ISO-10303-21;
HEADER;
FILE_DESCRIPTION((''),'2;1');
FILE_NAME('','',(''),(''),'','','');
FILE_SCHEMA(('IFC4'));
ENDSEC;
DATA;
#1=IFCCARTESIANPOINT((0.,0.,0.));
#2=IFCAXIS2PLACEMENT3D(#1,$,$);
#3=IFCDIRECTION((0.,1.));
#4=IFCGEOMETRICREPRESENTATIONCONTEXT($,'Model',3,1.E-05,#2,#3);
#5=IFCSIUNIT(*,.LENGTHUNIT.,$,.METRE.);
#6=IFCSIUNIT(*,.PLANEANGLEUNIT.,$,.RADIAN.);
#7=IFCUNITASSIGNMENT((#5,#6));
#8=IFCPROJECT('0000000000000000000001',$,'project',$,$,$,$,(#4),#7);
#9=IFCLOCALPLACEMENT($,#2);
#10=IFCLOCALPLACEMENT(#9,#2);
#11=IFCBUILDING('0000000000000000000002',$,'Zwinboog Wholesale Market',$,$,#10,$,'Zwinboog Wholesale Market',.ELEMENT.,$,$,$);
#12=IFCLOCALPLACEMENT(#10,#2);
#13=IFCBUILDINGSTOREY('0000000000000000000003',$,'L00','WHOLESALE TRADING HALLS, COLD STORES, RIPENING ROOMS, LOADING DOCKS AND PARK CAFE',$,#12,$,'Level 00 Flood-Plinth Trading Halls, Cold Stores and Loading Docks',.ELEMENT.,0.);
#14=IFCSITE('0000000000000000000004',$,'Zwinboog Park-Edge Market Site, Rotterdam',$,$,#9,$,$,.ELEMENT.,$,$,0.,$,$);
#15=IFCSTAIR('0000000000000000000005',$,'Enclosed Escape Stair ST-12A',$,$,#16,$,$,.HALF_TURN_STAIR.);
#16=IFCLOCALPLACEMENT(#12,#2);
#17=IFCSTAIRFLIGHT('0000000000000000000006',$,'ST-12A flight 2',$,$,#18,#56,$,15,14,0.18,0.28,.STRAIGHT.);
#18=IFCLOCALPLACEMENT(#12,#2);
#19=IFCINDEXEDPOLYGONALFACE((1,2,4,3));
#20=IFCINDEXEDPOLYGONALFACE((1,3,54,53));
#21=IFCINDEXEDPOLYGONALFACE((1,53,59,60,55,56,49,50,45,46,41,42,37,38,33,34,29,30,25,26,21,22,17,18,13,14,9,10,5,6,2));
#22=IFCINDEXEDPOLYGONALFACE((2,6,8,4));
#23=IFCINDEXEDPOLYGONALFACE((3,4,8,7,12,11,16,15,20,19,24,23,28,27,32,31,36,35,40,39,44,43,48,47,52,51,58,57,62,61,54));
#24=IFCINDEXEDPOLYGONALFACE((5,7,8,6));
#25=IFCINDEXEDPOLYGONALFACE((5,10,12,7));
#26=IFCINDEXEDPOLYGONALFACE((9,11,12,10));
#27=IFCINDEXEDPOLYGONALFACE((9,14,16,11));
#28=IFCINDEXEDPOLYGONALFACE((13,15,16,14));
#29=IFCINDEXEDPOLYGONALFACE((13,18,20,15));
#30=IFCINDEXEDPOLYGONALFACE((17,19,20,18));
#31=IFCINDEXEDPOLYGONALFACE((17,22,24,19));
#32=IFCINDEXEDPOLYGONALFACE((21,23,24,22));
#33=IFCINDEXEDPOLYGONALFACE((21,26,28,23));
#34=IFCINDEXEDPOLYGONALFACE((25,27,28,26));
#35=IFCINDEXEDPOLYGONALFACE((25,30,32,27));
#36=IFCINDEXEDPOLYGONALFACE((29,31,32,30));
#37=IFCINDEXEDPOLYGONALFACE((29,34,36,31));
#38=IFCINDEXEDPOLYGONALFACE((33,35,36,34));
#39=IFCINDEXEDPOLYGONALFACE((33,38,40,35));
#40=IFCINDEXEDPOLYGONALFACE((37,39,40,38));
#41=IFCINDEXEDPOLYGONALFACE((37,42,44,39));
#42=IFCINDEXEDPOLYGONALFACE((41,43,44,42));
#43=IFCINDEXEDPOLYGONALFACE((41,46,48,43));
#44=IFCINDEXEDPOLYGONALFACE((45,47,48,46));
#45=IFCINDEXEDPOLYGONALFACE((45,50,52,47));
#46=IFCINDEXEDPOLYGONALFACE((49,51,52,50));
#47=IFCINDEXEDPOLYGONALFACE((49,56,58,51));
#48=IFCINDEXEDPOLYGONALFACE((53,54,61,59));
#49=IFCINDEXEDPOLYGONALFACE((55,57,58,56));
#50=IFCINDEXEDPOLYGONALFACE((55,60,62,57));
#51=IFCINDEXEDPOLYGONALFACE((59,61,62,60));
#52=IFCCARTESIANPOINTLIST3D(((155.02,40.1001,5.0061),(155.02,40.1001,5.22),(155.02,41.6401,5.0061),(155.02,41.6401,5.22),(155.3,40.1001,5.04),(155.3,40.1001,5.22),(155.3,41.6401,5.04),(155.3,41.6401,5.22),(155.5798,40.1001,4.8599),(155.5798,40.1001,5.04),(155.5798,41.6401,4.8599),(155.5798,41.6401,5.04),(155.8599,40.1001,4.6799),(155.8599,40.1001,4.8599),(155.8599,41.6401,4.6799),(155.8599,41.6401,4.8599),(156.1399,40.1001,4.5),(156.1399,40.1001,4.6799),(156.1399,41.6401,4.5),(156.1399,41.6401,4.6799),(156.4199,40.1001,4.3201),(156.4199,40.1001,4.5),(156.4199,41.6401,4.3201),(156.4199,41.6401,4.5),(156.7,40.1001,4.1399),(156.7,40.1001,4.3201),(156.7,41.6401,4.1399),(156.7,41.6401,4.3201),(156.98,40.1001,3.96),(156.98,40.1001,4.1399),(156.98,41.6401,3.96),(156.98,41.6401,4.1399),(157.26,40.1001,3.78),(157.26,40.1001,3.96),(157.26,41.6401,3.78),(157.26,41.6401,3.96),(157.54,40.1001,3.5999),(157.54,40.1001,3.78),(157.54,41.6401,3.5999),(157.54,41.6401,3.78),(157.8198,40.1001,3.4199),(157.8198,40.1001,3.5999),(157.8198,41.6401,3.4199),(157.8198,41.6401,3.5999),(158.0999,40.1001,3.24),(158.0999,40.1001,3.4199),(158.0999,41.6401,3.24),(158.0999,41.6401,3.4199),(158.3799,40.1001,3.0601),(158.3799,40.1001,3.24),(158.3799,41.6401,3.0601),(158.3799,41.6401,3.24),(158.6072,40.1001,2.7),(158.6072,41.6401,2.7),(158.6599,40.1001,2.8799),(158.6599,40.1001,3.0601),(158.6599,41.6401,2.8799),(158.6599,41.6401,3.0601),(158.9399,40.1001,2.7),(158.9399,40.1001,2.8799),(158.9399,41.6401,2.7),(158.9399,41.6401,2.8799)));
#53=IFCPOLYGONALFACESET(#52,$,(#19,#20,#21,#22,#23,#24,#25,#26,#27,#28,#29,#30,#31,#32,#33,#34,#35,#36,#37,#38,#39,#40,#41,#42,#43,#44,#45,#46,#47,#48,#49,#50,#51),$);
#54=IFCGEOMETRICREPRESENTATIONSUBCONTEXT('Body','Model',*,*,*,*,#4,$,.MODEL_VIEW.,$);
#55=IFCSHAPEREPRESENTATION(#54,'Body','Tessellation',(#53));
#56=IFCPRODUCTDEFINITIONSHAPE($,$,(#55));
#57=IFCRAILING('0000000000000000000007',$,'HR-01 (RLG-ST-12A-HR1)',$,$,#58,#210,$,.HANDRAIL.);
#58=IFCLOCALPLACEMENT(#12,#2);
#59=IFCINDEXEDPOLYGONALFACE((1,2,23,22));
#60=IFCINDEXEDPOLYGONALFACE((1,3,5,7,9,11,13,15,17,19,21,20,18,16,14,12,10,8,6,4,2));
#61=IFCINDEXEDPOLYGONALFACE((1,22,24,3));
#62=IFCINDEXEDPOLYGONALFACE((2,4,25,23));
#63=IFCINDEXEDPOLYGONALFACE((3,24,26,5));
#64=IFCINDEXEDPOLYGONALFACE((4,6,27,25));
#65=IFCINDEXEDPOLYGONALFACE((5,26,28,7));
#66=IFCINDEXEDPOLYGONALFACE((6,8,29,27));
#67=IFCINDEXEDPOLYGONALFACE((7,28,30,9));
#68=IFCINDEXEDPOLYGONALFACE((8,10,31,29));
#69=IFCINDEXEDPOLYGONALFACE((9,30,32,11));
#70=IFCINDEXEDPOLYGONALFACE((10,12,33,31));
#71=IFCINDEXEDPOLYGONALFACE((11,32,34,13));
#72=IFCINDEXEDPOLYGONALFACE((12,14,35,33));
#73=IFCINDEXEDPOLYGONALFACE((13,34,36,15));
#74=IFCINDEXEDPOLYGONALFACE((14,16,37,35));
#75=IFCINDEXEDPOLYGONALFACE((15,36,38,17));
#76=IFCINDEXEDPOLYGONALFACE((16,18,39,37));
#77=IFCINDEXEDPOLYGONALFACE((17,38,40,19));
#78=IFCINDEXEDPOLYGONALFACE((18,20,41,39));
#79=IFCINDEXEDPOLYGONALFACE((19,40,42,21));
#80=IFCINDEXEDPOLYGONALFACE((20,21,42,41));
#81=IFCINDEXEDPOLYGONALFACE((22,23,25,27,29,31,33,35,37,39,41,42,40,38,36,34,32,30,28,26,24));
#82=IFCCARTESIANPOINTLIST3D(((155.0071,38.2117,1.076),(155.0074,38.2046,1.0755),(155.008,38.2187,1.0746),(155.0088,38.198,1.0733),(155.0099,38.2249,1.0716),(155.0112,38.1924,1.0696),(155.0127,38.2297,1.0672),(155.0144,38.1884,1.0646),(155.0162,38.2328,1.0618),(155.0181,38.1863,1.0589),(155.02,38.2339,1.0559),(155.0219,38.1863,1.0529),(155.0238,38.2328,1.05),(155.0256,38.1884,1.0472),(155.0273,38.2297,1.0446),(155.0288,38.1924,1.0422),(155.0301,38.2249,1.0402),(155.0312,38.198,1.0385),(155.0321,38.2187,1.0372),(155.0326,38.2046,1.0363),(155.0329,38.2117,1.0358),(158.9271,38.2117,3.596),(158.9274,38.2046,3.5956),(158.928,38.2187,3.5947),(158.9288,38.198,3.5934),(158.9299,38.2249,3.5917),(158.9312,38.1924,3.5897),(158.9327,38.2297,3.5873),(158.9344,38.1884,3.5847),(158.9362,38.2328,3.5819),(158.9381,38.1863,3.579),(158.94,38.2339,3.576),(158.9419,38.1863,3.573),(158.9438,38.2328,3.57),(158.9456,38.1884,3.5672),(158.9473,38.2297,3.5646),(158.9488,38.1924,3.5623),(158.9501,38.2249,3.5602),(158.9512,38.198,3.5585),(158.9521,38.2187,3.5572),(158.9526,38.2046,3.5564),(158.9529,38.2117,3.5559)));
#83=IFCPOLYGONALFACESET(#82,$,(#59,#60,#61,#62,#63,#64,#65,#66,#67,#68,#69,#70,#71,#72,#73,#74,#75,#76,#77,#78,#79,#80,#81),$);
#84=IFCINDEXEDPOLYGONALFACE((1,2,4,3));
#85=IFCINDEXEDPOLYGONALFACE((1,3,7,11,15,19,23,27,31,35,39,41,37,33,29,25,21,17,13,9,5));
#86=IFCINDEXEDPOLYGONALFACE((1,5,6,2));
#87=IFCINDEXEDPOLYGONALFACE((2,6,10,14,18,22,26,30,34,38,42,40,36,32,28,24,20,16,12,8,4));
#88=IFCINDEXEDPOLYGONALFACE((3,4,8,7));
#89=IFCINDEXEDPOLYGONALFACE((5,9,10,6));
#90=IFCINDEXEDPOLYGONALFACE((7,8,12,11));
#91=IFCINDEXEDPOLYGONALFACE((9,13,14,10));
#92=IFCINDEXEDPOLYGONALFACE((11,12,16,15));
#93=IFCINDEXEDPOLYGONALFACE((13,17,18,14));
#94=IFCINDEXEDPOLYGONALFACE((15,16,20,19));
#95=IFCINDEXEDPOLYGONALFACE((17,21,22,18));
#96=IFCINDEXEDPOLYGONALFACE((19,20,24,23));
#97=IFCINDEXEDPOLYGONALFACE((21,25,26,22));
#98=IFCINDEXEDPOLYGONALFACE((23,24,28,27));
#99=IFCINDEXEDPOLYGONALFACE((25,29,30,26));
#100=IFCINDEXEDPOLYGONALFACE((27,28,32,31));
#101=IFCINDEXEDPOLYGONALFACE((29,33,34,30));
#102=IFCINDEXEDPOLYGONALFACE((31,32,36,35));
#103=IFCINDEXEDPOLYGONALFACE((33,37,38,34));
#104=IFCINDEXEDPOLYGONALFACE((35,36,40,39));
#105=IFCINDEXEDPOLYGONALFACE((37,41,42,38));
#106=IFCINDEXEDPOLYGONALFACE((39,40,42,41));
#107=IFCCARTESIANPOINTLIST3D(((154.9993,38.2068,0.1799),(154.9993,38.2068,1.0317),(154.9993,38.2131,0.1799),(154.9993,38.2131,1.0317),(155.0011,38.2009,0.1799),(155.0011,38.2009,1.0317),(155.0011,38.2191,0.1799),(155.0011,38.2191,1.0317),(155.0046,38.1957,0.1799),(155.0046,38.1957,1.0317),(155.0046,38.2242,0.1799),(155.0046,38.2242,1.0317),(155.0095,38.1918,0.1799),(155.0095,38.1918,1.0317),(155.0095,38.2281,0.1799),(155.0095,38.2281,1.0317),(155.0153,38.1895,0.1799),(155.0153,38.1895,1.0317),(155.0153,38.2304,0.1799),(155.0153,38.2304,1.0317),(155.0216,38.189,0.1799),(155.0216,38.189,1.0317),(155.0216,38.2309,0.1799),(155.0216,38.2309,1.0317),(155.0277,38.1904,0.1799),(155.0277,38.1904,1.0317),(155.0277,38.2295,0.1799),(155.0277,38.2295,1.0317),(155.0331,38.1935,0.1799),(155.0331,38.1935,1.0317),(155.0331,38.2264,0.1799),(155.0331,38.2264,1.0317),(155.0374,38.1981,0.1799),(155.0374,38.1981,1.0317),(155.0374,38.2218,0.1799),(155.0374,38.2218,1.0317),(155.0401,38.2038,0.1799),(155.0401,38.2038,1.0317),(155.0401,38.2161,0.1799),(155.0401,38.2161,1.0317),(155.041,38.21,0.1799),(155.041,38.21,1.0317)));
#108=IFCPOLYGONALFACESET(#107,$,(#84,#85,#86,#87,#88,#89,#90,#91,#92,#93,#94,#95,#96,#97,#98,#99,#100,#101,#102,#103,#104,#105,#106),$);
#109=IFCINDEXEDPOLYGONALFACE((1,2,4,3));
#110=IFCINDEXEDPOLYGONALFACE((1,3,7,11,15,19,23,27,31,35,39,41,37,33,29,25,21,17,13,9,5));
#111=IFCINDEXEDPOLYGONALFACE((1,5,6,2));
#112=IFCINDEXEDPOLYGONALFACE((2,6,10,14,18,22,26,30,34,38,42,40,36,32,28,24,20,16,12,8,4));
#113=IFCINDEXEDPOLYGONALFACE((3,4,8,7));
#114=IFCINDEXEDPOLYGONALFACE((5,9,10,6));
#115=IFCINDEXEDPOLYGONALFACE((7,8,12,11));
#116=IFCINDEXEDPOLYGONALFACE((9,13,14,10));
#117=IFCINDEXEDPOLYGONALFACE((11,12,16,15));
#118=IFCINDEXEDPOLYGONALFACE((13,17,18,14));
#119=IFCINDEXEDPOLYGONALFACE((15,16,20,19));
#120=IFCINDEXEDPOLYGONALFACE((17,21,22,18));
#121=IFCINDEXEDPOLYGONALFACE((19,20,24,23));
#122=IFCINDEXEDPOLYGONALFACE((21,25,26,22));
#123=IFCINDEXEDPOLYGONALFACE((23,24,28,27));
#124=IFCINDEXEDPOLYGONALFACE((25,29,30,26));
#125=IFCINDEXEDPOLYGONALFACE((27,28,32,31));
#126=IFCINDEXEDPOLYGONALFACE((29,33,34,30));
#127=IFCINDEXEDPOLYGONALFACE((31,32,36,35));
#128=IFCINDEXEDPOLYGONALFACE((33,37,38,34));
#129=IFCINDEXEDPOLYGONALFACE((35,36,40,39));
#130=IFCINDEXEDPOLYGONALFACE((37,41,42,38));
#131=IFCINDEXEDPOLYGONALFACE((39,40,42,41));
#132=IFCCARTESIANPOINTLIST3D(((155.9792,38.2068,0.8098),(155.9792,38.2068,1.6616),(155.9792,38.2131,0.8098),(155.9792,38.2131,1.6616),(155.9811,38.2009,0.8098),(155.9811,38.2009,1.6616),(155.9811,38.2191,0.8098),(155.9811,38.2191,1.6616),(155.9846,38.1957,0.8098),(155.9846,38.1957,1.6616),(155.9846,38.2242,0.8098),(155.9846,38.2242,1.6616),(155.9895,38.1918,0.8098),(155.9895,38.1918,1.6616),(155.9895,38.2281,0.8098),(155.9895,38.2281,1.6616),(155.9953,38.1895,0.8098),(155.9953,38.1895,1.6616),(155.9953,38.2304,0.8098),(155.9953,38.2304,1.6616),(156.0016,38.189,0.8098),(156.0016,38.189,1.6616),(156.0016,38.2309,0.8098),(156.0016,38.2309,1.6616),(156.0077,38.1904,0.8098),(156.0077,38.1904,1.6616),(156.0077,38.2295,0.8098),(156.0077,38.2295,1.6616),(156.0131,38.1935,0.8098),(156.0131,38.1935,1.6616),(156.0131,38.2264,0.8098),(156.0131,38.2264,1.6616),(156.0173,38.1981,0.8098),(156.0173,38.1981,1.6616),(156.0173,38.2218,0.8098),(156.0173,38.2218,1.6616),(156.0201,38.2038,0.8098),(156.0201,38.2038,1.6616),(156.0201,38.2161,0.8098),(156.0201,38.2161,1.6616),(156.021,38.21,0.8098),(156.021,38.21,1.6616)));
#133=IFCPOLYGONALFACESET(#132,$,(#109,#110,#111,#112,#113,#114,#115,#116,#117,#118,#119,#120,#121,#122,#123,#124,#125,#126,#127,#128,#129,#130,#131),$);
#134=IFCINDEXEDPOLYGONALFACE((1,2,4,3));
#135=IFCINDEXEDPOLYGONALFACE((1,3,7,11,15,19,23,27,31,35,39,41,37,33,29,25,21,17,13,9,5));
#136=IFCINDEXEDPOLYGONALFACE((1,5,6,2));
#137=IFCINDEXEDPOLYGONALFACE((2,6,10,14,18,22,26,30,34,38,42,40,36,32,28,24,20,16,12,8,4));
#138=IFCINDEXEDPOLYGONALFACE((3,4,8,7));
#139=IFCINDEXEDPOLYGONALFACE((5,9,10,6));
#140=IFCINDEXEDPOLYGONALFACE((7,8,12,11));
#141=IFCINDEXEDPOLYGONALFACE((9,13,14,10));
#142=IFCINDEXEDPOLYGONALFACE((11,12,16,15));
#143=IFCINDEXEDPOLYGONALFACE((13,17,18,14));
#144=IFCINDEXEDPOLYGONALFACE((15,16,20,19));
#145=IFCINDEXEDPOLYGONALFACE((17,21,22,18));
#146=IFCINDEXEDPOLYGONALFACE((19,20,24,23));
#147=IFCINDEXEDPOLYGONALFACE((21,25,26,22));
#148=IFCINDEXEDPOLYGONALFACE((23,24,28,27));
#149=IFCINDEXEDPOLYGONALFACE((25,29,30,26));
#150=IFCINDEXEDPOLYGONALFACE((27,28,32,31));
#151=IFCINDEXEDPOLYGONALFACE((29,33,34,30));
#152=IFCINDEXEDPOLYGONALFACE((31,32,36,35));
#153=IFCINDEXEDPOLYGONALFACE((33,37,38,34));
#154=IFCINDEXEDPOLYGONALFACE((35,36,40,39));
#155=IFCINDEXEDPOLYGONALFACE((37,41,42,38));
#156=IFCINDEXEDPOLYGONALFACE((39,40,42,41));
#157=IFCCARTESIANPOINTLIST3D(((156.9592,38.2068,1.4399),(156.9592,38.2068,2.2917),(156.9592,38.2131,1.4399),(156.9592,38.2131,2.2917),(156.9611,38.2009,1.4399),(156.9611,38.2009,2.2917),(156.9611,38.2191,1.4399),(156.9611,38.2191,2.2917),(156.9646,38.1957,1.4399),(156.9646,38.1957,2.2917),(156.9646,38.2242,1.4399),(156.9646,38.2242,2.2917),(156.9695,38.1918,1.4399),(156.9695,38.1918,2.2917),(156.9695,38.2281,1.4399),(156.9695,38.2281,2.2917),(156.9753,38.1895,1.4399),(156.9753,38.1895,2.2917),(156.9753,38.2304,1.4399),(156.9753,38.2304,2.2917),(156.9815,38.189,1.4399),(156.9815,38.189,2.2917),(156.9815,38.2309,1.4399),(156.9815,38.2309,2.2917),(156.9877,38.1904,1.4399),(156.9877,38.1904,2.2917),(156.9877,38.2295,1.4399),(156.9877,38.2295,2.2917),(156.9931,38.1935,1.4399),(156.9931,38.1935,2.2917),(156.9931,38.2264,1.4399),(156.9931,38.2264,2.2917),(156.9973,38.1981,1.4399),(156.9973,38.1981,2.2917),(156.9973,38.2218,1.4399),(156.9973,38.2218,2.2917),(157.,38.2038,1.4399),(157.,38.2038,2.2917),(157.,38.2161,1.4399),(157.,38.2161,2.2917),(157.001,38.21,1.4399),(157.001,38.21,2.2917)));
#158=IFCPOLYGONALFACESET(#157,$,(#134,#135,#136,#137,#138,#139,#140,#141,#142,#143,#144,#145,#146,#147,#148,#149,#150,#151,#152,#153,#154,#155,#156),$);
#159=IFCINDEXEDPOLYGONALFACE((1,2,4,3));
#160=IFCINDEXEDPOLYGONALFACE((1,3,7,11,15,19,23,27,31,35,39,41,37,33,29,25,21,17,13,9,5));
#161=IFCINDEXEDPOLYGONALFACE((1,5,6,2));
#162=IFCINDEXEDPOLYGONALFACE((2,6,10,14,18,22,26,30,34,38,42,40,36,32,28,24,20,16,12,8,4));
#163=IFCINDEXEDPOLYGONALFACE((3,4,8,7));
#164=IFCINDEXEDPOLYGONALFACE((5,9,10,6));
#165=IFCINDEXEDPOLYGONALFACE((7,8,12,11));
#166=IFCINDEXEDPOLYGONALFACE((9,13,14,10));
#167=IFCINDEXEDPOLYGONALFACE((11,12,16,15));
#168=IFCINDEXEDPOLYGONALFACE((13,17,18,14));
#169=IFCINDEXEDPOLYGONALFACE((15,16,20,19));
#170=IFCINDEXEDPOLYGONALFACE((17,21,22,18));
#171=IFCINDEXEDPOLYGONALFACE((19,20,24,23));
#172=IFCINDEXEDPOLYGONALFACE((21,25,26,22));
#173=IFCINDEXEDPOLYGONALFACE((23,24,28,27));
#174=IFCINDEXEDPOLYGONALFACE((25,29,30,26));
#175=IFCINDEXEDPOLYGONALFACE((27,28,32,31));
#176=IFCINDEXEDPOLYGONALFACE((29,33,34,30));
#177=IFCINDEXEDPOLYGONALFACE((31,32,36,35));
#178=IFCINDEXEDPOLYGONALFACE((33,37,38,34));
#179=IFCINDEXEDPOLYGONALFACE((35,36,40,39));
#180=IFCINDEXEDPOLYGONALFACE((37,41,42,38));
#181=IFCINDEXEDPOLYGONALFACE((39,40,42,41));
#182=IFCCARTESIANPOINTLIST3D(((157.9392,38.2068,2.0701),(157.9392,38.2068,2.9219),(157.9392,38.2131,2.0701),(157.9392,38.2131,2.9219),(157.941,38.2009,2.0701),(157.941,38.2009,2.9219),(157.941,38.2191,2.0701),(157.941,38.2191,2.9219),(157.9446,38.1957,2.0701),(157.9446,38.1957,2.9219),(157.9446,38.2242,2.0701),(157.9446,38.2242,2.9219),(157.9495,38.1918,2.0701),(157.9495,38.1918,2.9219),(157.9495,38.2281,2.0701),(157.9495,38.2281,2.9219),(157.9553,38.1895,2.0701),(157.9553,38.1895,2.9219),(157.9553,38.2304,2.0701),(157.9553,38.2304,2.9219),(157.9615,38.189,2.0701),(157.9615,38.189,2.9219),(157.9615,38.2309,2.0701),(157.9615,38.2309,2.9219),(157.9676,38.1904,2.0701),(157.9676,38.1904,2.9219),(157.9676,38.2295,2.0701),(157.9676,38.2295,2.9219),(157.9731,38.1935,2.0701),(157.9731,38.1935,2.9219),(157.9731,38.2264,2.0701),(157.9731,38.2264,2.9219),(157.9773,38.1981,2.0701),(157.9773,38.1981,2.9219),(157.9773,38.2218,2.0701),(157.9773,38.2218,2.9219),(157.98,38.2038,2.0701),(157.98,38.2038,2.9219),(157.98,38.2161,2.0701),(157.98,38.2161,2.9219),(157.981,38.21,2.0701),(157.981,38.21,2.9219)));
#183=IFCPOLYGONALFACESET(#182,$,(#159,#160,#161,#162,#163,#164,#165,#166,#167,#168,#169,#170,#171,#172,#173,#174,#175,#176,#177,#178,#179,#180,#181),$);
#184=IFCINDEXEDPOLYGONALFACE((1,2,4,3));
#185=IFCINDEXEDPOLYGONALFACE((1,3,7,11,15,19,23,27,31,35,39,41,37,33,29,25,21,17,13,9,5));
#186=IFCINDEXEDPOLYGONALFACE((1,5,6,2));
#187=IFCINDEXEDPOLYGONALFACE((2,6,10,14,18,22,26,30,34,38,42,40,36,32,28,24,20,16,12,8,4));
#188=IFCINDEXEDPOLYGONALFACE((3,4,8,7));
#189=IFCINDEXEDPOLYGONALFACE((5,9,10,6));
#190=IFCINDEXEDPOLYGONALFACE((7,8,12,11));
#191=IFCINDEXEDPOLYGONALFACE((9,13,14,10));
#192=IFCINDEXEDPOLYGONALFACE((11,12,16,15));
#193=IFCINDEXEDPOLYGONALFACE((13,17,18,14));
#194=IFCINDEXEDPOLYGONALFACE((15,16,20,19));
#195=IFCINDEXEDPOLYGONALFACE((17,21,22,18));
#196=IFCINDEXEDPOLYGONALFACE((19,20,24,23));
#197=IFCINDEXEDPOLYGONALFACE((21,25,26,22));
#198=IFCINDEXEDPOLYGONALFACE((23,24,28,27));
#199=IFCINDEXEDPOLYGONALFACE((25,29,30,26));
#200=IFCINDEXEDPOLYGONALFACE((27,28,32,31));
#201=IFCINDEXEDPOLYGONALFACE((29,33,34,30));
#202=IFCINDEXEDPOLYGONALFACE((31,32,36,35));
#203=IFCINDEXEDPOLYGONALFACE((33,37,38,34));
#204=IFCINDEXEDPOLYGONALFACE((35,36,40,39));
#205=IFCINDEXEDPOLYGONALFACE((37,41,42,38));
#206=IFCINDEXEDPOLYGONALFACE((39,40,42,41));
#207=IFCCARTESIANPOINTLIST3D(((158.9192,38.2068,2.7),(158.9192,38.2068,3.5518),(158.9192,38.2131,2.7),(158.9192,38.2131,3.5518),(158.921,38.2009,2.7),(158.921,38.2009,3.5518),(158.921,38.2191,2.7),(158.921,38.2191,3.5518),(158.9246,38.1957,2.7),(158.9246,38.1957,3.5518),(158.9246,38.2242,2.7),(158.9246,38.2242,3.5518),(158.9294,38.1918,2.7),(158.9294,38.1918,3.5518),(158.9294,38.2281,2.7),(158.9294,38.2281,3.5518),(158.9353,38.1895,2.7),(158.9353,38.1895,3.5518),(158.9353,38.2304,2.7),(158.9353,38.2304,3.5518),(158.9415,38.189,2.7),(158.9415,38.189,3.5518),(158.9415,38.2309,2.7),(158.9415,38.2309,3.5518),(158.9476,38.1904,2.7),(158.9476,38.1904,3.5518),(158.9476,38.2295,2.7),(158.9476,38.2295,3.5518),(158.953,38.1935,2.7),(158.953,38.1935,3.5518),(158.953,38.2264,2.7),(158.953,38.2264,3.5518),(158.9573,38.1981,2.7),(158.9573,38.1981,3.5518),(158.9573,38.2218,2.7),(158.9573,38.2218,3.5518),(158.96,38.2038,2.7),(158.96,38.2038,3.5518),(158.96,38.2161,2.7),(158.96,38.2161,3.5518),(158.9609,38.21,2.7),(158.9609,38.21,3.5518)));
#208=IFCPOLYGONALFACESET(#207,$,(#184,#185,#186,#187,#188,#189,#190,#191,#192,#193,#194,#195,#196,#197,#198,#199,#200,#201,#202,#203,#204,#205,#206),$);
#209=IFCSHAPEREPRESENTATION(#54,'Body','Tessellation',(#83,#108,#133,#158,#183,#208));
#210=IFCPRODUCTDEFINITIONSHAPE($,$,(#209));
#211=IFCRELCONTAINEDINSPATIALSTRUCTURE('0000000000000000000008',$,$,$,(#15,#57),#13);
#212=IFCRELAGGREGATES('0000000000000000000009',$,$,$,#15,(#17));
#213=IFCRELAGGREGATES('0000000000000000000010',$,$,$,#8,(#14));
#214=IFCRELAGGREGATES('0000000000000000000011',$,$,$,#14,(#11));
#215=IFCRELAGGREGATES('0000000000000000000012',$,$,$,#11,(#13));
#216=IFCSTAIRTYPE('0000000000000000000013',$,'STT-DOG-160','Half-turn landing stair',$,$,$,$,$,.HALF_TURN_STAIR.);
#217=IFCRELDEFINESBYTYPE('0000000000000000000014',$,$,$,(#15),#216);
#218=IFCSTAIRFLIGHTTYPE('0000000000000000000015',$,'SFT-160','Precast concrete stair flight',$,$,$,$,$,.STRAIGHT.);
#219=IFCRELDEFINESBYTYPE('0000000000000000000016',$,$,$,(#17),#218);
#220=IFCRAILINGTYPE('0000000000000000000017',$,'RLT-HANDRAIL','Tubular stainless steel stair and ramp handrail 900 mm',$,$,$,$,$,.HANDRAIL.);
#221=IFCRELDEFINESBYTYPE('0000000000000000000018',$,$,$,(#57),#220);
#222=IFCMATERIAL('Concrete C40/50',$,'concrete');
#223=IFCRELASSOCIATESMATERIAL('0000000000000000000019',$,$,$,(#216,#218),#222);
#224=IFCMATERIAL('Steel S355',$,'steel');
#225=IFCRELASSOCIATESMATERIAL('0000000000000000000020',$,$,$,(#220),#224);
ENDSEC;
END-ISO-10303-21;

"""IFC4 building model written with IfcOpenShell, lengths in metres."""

from ifc_helpers import new_model, si_unit, direction, frame, origin, origin_2d, place, context, subcontext, project, spatial, polyline, circle, outline, extrude, material, type_object, element, aggregate, save


model = new_model("IFC4")

# Units and contexts
model_context = context("Model", 3, precision=1e-05, world=origin(), true_north=direction((0.0, 1.0)))
body_context = subcontext(model_context, "Body", "Model", "MODEL_VIEW")
ifc_project = project(units=[si_unit("LENGTHUNIT", "METRE"), si_unit("PLANEANGLEUNIT", "RADIAN")], contexts=[model_context])

# Site, building, storey
site_placement = place(None, origin())
site = spatial("IfcSite", under=ifc_project, at=site_placement, Name="Zwinboog Park-Edge Market Site, Rotterdam", CompositionType="ELEMENT", RefElevation=0.0)
building_placement = place(site_placement, origin())
building = spatial("IfcBuilding", under=site, at=building_placement, Name="Zwinboog Wholesale Market", LongName="Zwinboog Wholesale Market", CompositionType="ELEMENT")
storey_placement = place(building_placement, origin())
storey = spatial("IfcBuildingStorey", under=building, at=storey_placement, Name="L00", Description="WHOLESALE TRADING HALLS, COLD STORES, RIPENING ROOMS, LOADING DOCKS AND PARK CAFE", LongName="Level 00 Flood-Plinth Trading Halls, Cold Stores and Loading Docks", CompositionType="ELEMENT", Elevation=0.0)

# Shared definitions
ifc_material_1 = material(Name="Concrete C40/50", Category="concrete")

# Stair, stair flight
stair_type = type_object("IfcStairType", Name="STT-DOG-160", Description="Half-turn landing stair", PredefinedType="HALF_TURN_STAIR", material=ifc_material_1)
stair_placement = place(storey_placement, origin())
stair = element("IfcStair", 1, at=stair_placement, inside=storey, type_object=stair_type, Name="Enclosed Escape Stair ST-12A", PredefinedType="HALF_TURN_STAIR")
stair_flight_type = type_object("IfcStairFlightType", Name="SFT-160", Description="Precast concrete stair flight", PredefinedType="STRAIGHT", material=ifc_material_1)
stair_flight_1_placement = place(storey_placement, frame((158.9399, 40.8701, 2.7), z_axis=(0.0, 0.0, 1.0), x_axis=(-1.0, 0.0, 0.0)))
stair_flight_1 = element("IfcStairFlight", 2, at=stair_flight_1_placement, type_object=stair_flight_type, Name="ST-12A flight 2", NumberOfRisers=15, NumberOfTreads=14, PredefinedType="STRAIGHT", RiserHeight=0.18, TreadLength=0.28, context=body_context, shape_type="SweptSolid", body=[
    extrude(outline(polyline([(0.0, 0.0), (0.0, 0.1799), (0.28, 0.1799), (0.28, 0.3601), (0.5601, 0.3601), (0.5601, 0.54), (0.8401, 0.54), (0.8401, 0.72), (1.1201, 0.72), (1.1201, 0.8999), (1.3999, 0.8999), (1.3999, 1.0801), (1.6799, 1.0801), (1.6799, 1.26), (1.96, 1.26), (1.96, 1.4399), (2.24, 1.4399), (2.24, 1.6201), (2.52, 1.6201), (2.52, 1.8), (2.8, 1.8), (2.8, 1.98), (3.0801, 1.98), (3.0801, 2.1599), (3.3601, 2.1599), (3.3601, 2.3401), (3.6399, 2.3401), (3.6399, 2.52), (3.9199, 2.52), (3.9199, 2.7), (3.9199, 2.3062), (0.3328, 0.0), (0.0, 0.0)])), frame((0.0, 0.77, 0.0), z_axis=(0.0, -1.0, 0.0), x_axis=(1.0, 0.0, 0.0)), (0.0, 0.0, 1.0), 1.54),
])
aggregate(stair, [stair_flight_1])

# Railing
ifc_material_2 = material(Name="Steel S355", Category="steel")
railing_type_1 = type_object("IfcRailingType", Name="RLT-HANDRAIL", Description="Tubular stainless steel stair and ramp handrail 900 mm", PredefinedType="HANDRAIL", material=ifc_material_2)
railing_1_placement = place(storey_placement, frame((155.02, 38.21, 0.1799)))
element("IfcRailing", 3, at=railing_1_placement, inside=storey, type_object=railing_type_1, Name="HR-01 (RLG-ST-12A-HR1)", PredefinedType="HANDRAIL", context=body_context, shape_type="SweptSolid", body=[
    extrude(circle(Radius=0.0239, at=origin_2d()), frame((0.0, 0.0, 0.876), z_axis=(0.841172, 0.0, 0.540768), x_axis=(0.0, 1.0, 0.0)), (0.0, 0.0, 1.0), 4.6602),
    extrude(circle(Radius=0.021, at=origin_2d()), origin(), (0.0, 0.0, 1.0), 0.8518),
    extrude(circle(Radius=0.021, at=origin_2d()), frame((0.98, 0.0, 0.6299)), (0.0, 0.0, 1.0), 0.8518),
    extrude(circle(Radius=0.021, at=origin_2d()), frame((1.96, 0.0, 1.26)), (0.0, 0.0, 1.0), 0.8518),
    extrude(circle(Radius=0.021, at=origin_2d()), frame((2.9399, 0.0, 1.8901)), (0.0, 0.0, 1.0), 0.8518),
    extrude(circle(Radius=0.021, at=origin_2d()), frame((3.9199, 0.0, 2.52)), (0.0, 0.0, 1.0), 0.8518),
])

save(model, "model.ifc")
